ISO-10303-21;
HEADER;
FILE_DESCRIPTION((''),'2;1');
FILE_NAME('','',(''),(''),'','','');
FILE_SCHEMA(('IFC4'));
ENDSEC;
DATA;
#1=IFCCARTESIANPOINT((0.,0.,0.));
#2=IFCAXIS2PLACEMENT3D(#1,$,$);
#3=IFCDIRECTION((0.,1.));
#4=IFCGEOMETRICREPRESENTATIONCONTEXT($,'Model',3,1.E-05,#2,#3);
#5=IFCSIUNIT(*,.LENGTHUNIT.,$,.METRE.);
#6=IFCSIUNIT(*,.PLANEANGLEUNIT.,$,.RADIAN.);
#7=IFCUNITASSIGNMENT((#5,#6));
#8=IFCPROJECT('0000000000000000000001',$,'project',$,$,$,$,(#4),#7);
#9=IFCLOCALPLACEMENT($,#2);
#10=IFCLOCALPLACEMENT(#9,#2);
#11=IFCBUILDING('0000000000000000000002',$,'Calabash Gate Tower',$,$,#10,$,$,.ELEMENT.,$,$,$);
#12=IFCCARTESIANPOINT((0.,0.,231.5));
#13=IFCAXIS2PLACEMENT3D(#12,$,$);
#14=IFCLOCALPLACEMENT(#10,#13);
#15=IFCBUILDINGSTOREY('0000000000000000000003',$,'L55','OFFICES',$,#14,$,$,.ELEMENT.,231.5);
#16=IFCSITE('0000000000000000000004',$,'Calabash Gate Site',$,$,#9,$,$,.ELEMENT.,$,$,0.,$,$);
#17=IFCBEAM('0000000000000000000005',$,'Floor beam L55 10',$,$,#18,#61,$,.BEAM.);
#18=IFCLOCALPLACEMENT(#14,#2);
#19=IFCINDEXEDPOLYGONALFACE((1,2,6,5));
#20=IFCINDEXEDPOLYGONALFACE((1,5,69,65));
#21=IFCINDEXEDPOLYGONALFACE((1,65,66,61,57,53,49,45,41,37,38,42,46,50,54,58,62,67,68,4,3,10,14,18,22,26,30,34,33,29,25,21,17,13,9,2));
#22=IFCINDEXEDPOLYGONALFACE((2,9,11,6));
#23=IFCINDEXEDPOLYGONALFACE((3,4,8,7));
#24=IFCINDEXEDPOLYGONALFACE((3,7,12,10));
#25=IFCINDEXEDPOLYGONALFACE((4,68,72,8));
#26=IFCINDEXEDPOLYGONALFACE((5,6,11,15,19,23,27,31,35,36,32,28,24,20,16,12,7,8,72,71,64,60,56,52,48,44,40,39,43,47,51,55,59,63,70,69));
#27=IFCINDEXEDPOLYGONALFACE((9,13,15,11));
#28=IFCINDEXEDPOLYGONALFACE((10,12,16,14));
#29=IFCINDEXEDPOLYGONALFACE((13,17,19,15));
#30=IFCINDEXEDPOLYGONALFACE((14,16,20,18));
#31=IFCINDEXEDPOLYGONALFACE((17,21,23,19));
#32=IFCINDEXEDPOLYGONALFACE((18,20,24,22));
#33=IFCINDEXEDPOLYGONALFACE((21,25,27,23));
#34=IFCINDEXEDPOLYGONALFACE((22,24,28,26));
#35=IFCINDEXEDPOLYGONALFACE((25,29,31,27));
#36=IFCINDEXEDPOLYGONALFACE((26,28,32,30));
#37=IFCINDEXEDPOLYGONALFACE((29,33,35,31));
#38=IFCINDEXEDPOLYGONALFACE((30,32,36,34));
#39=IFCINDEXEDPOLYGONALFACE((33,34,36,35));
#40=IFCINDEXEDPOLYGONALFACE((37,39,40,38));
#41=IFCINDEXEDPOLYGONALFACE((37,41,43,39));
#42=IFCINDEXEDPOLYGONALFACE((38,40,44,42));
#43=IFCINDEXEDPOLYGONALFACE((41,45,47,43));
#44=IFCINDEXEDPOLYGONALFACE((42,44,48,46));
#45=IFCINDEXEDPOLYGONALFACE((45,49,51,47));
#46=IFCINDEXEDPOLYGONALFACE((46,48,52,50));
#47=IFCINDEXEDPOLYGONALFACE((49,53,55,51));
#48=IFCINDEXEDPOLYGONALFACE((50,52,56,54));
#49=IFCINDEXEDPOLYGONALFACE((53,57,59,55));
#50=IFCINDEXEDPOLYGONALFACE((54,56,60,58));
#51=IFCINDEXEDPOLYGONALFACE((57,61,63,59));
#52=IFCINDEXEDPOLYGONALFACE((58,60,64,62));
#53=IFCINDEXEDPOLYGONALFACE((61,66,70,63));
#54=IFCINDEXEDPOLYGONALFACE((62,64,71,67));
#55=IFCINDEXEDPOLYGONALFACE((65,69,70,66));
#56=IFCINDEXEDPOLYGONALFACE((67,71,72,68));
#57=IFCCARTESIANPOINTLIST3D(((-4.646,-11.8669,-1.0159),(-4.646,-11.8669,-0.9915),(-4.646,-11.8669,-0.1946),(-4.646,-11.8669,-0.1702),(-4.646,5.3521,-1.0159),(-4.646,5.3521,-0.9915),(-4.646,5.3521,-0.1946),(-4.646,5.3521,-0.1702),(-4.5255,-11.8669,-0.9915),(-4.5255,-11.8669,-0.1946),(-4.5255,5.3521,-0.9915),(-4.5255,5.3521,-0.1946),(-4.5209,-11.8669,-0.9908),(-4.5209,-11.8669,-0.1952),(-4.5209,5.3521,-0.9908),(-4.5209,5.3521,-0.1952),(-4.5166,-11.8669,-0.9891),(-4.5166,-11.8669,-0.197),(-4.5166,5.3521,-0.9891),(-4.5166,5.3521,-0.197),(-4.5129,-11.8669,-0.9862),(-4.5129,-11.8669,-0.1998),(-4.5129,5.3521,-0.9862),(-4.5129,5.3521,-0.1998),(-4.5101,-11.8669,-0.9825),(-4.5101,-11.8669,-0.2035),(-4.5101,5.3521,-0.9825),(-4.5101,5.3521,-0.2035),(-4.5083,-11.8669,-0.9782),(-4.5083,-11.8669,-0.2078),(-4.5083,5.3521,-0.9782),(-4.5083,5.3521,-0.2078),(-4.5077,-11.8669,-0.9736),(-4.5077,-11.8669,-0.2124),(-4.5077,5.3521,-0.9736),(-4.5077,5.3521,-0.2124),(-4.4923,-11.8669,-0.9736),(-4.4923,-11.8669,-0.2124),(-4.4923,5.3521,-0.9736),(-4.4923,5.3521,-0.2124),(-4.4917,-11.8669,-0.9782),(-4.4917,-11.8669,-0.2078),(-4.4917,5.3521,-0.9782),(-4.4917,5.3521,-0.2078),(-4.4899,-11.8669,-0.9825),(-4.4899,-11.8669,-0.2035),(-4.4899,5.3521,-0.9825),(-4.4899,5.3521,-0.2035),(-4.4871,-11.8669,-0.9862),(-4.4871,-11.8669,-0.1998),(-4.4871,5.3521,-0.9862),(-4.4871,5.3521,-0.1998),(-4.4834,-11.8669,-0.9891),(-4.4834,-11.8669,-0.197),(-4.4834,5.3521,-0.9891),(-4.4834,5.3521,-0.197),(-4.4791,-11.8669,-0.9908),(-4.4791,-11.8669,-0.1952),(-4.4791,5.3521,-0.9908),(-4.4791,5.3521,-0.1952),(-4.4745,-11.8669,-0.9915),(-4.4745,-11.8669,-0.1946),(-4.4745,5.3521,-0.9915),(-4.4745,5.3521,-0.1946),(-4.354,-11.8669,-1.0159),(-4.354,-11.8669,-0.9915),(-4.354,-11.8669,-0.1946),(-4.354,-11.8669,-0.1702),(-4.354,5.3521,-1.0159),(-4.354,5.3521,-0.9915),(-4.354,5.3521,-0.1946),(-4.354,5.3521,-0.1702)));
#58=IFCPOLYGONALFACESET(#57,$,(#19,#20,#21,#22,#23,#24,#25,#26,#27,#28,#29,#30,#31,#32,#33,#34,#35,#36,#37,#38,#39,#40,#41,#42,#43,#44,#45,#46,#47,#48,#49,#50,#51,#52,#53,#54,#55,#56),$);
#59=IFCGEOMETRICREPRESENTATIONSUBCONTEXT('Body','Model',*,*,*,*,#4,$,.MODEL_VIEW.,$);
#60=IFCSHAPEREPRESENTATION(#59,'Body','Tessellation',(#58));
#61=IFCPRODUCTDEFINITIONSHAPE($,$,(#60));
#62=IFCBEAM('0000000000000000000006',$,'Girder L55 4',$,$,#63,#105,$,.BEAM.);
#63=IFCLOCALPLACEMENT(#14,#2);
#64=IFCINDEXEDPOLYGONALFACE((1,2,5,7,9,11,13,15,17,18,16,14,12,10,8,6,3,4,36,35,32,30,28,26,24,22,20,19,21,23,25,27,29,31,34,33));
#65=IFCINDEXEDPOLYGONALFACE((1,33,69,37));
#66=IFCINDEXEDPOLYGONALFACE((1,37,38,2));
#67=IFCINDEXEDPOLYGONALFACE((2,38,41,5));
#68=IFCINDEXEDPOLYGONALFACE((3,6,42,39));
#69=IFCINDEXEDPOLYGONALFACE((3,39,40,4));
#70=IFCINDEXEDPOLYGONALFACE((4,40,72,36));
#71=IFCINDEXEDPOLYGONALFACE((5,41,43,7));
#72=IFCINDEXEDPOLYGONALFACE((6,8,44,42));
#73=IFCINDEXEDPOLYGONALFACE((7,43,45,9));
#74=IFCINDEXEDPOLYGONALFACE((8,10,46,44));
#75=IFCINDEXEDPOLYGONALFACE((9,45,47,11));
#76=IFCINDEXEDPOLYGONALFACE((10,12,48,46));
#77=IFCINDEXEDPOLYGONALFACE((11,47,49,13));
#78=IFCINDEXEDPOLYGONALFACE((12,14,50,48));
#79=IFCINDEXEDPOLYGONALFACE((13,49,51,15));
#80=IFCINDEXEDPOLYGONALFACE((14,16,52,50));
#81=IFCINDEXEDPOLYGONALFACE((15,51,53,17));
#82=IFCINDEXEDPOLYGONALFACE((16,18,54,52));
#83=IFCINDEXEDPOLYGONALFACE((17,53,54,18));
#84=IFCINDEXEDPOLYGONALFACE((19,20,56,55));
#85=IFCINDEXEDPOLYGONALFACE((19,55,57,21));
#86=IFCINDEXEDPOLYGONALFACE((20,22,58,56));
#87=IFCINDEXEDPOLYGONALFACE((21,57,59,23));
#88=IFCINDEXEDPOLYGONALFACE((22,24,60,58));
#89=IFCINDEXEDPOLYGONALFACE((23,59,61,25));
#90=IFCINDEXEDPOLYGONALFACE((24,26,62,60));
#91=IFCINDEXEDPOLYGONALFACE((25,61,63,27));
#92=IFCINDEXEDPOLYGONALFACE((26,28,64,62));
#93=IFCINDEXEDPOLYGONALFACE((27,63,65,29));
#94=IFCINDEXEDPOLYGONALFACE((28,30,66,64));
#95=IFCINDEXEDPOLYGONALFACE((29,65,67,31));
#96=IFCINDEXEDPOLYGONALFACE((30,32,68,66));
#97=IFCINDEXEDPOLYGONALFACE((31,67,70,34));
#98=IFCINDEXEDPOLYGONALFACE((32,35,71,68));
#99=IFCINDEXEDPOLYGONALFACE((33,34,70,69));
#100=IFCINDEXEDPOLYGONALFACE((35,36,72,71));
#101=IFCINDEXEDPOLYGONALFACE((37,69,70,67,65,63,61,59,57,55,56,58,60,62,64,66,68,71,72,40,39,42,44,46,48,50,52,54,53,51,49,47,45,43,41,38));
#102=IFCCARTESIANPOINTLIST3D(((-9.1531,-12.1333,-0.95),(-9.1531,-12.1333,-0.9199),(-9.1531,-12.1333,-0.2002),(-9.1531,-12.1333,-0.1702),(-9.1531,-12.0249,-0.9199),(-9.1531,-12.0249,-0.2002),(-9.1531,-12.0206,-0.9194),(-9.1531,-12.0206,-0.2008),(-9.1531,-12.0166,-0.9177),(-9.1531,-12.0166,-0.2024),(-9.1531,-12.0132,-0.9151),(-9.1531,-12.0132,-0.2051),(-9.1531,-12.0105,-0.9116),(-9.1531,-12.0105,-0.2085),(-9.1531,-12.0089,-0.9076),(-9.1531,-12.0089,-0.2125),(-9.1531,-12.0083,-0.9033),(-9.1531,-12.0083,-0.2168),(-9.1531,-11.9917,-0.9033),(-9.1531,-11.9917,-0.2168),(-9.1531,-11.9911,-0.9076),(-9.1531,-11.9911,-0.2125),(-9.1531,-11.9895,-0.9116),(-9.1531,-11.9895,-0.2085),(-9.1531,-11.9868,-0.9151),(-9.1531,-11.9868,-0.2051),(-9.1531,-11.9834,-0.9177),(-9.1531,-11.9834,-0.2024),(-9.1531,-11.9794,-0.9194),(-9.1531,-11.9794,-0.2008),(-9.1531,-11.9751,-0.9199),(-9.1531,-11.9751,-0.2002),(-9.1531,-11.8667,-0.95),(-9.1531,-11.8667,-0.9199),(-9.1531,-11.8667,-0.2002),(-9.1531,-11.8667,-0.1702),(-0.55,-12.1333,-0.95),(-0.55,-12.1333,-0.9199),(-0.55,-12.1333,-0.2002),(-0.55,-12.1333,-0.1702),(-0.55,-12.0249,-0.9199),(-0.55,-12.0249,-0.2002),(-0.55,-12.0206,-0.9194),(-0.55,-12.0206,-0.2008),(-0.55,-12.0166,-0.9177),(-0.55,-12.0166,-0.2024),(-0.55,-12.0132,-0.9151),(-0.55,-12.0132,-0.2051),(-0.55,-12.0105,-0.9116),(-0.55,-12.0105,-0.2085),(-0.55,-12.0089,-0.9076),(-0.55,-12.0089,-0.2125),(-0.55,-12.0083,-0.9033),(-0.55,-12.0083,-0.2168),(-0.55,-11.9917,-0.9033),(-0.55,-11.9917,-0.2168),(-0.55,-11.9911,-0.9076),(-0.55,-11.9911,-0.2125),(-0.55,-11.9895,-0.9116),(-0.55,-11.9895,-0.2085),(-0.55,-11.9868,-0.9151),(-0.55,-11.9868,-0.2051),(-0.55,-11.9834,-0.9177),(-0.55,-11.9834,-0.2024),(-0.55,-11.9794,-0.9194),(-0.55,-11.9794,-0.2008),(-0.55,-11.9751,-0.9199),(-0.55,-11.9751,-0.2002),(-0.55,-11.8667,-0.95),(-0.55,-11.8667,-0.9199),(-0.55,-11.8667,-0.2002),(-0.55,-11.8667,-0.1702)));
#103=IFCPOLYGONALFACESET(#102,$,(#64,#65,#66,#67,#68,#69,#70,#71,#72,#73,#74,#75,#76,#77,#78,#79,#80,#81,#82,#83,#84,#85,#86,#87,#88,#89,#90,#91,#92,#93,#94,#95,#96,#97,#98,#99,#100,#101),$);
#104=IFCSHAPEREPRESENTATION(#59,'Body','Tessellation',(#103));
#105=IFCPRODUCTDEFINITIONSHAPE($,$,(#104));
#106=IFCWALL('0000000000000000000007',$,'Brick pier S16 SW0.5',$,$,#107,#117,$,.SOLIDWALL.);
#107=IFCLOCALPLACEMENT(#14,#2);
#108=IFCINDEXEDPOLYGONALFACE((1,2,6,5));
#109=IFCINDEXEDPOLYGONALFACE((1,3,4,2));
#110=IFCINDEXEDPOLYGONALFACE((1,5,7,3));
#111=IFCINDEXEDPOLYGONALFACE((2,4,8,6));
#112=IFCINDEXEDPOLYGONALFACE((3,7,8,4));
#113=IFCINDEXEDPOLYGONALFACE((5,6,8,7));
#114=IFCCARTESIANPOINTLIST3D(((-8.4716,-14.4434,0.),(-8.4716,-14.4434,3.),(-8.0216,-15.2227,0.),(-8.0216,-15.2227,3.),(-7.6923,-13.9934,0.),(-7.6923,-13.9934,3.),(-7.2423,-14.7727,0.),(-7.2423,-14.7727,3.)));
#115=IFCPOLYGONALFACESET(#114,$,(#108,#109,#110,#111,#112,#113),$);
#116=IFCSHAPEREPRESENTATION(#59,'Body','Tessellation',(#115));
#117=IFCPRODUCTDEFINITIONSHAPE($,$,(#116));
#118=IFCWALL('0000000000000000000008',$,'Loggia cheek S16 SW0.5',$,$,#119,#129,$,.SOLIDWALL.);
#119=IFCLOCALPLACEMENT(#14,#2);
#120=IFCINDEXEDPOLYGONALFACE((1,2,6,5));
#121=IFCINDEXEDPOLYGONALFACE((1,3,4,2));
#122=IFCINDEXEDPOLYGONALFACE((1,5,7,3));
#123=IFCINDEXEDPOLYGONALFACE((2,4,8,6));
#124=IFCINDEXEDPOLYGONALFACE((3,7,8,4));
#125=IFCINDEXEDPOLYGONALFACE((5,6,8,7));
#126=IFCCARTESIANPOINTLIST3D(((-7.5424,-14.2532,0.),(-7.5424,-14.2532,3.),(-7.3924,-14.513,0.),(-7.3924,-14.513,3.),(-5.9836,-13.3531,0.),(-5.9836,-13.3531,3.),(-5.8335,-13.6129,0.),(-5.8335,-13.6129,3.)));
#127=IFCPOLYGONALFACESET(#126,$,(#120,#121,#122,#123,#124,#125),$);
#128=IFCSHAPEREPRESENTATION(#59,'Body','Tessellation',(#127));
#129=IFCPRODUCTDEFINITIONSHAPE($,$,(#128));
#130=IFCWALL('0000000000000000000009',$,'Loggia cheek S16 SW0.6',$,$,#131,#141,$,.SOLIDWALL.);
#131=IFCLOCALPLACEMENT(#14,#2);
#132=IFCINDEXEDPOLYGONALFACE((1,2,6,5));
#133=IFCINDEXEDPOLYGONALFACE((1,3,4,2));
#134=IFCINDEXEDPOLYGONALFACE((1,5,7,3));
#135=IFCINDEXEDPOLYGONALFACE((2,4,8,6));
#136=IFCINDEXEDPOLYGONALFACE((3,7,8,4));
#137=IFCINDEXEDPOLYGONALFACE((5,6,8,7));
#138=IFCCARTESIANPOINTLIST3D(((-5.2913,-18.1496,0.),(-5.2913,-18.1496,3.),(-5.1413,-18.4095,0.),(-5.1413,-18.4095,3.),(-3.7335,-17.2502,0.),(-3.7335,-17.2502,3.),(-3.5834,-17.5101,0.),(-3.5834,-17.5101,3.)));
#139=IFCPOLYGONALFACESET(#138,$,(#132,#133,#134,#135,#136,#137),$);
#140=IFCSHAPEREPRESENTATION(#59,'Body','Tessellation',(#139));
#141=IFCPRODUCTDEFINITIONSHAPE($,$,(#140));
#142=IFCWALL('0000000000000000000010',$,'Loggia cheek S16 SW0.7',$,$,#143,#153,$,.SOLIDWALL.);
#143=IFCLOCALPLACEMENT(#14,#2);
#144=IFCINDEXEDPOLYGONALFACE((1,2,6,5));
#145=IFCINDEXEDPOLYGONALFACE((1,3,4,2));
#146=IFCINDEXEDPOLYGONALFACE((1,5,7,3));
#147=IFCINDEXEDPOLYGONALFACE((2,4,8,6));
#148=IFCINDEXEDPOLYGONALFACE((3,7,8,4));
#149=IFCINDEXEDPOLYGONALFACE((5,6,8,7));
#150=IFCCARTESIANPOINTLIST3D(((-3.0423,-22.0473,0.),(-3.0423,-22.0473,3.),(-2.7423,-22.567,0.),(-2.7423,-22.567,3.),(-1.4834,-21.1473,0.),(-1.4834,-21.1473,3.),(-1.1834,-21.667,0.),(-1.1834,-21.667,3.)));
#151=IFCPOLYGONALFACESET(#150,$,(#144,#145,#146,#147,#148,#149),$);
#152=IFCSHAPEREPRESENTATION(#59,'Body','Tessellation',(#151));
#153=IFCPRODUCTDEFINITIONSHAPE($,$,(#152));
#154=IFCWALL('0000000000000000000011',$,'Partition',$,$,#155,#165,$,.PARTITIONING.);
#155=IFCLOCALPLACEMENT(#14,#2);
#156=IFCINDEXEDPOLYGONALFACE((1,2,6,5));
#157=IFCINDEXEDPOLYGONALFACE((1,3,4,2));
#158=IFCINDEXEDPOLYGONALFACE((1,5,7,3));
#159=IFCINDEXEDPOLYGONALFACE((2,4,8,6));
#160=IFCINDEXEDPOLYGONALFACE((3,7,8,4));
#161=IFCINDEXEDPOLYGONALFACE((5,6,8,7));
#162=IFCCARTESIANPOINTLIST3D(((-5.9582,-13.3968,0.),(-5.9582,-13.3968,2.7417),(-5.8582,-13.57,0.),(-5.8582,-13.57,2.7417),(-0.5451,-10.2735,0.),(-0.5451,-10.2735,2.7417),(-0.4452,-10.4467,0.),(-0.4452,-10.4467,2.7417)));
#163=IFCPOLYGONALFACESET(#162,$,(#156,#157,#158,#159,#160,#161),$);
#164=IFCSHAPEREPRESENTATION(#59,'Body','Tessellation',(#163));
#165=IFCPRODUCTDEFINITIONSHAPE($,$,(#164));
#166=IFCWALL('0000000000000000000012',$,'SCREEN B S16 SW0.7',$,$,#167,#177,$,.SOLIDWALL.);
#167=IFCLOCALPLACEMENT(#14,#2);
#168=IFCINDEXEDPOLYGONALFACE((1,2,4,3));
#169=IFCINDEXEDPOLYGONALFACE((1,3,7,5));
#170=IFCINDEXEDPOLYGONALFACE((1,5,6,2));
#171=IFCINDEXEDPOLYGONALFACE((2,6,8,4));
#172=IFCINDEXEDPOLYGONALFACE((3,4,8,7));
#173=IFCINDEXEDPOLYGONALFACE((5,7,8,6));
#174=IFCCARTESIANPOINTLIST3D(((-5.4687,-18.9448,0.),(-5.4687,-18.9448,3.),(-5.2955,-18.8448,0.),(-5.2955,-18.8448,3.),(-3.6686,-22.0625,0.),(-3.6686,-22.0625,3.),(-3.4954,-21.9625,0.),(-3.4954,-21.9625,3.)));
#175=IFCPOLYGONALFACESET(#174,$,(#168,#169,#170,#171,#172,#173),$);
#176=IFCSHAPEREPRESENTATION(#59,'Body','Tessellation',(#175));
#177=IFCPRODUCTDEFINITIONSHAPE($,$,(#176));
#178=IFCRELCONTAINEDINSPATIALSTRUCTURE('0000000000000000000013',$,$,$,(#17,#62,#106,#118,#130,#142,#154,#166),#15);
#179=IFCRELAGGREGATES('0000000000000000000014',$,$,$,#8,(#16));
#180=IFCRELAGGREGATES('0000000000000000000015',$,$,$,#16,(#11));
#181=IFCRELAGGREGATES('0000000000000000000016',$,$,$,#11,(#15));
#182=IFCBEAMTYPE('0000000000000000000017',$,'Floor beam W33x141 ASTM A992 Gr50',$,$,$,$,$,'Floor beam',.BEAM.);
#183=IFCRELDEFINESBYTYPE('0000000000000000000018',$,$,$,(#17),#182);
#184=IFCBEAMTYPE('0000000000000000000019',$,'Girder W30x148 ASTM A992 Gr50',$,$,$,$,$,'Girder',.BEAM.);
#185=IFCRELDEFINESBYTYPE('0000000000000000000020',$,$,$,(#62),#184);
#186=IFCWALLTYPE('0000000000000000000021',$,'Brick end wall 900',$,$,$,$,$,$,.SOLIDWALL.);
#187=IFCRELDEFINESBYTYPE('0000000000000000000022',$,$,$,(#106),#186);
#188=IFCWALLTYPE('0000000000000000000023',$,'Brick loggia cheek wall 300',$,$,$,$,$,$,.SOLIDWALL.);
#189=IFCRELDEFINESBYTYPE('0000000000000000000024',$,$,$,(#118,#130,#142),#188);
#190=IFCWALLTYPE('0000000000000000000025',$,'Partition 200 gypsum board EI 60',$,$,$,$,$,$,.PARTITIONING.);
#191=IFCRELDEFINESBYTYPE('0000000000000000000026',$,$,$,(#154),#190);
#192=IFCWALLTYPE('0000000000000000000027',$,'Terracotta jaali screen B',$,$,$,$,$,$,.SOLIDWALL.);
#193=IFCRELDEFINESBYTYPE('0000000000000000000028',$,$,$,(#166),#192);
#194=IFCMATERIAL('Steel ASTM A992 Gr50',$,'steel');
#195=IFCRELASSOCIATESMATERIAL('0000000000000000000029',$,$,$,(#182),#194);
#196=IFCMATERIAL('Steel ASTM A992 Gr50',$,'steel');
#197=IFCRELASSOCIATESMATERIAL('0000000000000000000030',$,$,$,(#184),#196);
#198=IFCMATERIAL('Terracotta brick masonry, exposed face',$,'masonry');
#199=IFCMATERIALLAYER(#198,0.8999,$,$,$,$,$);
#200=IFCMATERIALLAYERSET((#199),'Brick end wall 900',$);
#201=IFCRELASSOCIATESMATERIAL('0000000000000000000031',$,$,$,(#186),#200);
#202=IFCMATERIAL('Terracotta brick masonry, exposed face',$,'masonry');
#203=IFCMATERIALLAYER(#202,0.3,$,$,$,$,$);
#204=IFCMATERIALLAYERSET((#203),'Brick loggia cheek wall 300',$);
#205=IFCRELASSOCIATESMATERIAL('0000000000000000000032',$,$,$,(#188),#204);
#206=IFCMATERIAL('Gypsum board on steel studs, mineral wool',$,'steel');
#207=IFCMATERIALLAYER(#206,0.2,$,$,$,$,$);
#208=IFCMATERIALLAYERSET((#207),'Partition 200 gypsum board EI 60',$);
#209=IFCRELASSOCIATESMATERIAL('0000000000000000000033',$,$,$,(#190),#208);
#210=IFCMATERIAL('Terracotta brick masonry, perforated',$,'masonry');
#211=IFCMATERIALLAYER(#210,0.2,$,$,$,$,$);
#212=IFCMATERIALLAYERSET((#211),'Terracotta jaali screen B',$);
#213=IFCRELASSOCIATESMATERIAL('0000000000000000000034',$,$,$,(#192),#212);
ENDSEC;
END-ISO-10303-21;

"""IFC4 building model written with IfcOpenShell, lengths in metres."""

from ifc_helpers import new_model, si_unit, direction, frame, frame_2d, origin, origin_2d, place, context, subcontext, project, spatial, rectangle, i_section, extrude, material, layer, layer_set, material_profile, profile_set, type_object, element, save


model = new_model("IFC4")

# Units and contexts
model_context = context("Model", 3, precision=1e-05, world=origin(), true_north=direction((0.0, 1.0)))
body_context = subcontext(model_context, "Body", "Model", "MODEL_VIEW")
ifc_project = project(units=[si_unit("LENGTHUNIT", "METRE"), si_unit("PLANEANGLEUNIT", "RADIAN")], contexts=[model_context])

# Site, building, storey
site_placement = place(None, origin())
site = spatial("IfcSite", under=ifc_project, at=site_placement, Name="Calabash Gate Site", CompositionType="ELEMENT", RefElevation=0.0)
building_placement = place(site_placement, origin())
building = spatial("IfcBuilding", under=site, at=building_placement, Name="Calabash Gate Tower", CompositionType="ELEMENT")
storey_placement = place(building_placement, frame((0.0, 0.0, 231.5)))
storey = spatial("IfcBuildingStorey", under=building, at=storey_placement, Name="L55", Description="OFFICES", CompositionType="ELEMENT", Elevation=231.5)

# Beams
ifc_material_1 = material(Name="Steel ASTM A992 Gr50", Category="steel")
ifc_material_profile_1 = material_profile(ifc_material_1, i_section(OverallWidth=0.292, OverallDepth=0.8457, WebThickness=0.0154, FlangeThickness=0.0244, FilletRadius=0.0178, at=origin_2d()))
ifc_profile_set_1 = profile_set([ifc_material_profile_1], Name="Steel ASTM A992 Gr50")
beam_type_1 = type_object("IfcBeamType", Name="Floor beam W33x141 ASTM A992 Gr50", ElementType="Floor beam", PredefinedType="BEAM", material=ifc_profile_set_1)
beam_1_placement = place(storey_placement, frame((-4.5, -11.8669, -0.593), z_axis=(0.0, 1.0, 0.0), x_axis=(-1.0, 0.0, 0.0)))
element("IfcBeam", 1, at=beam_1_placement, inside=storey, type_object=beam_type_1, Name="Floor beam L55 10", PredefinedType="BEAM", context=body_context, shape_type="SweptSolid", body=[
    extrude(i_section(OverallWidth=0.292, OverallDepth=0.8457, WebThickness=0.0154, FlangeThickness=0.0244, FilletRadius=0.0178, at=origin_2d()), origin(), (0.0, 0.0, 1.0), 17.219),
])
ifc_material_2 = material(Name="Steel ASTM A992 Gr50", Category="steel")
ifc_material_profile_2 = material_profile(ifc_material_2, i_section(OverallWidth=0.2666, OverallDepth=0.7798, WebThickness=0.0166, FlangeThickness=0.03, FilletRadius=0.0166, at=origin_2d()))
ifc_profile_set_2 = profile_set([ifc_material_profile_2], Name="Steel ASTM A992 Gr50")
beam_type_2 = type_object("IfcBeamType", Name="Girder W30x148 ASTM A992 Gr50", ElementType="Girder", PredefinedType="BEAM", material=ifc_profile_set_2)
beam_2_placement = place(storey_placement, frame((-9.1531, -12.0, -0.5601), z_axis=(1.0, 0.0, 0.0), x_axis=(0.0, 1.0, 0.0)))
element("IfcBeam", 2, at=beam_2_placement, inside=storey, type_object=beam_type_2, Name="Girder L55 4", PredefinedType="BEAM", context=body_context, shape_type="SweptSolid", body=[
    extrude(i_section(OverallWidth=0.2666, OverallDepth=0.7798, WebThickness=0.0166, FlangeThickness=0.03, FilletRadius=0.0166, at=origin_2d()), origin(), (0.0, 0.0, 1.0), 8.603),
])

# Walls
ifc_material_3 = material(Name="Terracotta brick masonry, exposed face", Category="masonry")
ifc_layer_1 = layer(ifc_material_3, 0.8999)
ifc_layer_set_1 = layer_set([ifc_layer_1], Name="Brick end wall 900")
wall_type_1 = type_object("IfcWallType", Name="Brick end wall 900", PredefinedType="SOLIDWALL", material=ifc_layer_set_1)
wall_1_placement = place(storey_placement, frame((-7.4673, -14.3831, 0.0), z_axis=(0.0, 0.0, 1.0), x_axis=(-0.866014, -0.50002, 0.0)))
element("IfcWall", 3, at=wall_1_placement, inside=storey, type_object=wall_type_1, Name="Brick pier S16 SW0.5", PredefinedType="SOLIDWALL", context=body_context, shape_type="SweptSolid", body=[
    extrude(rectangle(XDim=0.8999, YDim=0.8999, at=frame_2d((0.45, 0.0))), origin(), (0.0, 0.0, 1.0), 3.0),
])
ifc_material_4 = material(Name="Terracotta brick masonry, exposed face", Category="masonry")
ifc_layer_2 = layer(ifc_material_4, 0.3)
ifc_layer_set_2 = layer_set([ifc_layer_2], Name="Brick loggia cheek wall 300")
wall_type_2 = type_object("IfcWallType", Name="Brick loggia cheek wall 300", PredefinedType="SOLIDWALL", material=ifc_layer_set_2)
wall_2_placement = place(storey_placement, frame((-7.4673, -14.3831, 0.0), z_axis=(0.0, 0.0, 1.0), x_axis=(0.865989, 0.500063, 0.0)))
element("IfcWall", 4, at=wall_2_placement, inside=storey, type_object=wall_type_2, Name="Loggia cheek S16 SW0.5", PredefinedType="SOLIDWALL", context=body_context, shape_type="SweptSolid", body=[
    extrude(rectangle(XDim=1.8, YDim=0.3, at=frame_2d((0.8999, 0.0))), origin(), (0.0, 0.0, 1.0), 3.0),
])
wall_3_placement = place(storey_placement, frame((-3.6584, -17.3801, 0.0), z_axis=(0.0, 0.0, 1.0), x_axis=(-0.86603, -0.499993, 0.0)))
element("IfcWall", 5, at=wall_3_placement, inside=storey, type_object=wall_type_2, Name="Loggia cheek S16 SW0.6", PredefinedType="SOLIDWALL", context=body_context, shape_type="SweptSolid", body=[
    extrude(rectangle(XDim=1.7988, YDim=0.3, at=frame_2d((0.8994, 0.0))), origin(), (0.0, 0.0, 1.0), 3.0),
])
wall_4_placement = place(storey_placement, frame((-1.3335, -21.4072, 0.0), z_axis=(0.0, 0.0, 1.0), x_axis=(-0.866048, -0.499961, 0.0)))
element("IfcWall", 6, at=wall_4_placement, inside=storey, type_object=wall_type_2, Name="Loggia cheek S16 SW0.7", PredefinedType="SOLIDWALL", context=body_context, shape_type="SweptSolid", body=[
    extrude(rectangle(XDim=1.8, YDim=0.6001, at=frame_2d((0.8999, 0.0))), origin(), (0.0, 0.0, 1.0), 3.0),
])
ifc_material_5 = material(Name="Gypsum board on steel studs, mineral wool", Category="steel")
ifc_layer_3 = layer(ifc_material_5, 0.2)
ifc_layer_set_3 = layer_set([ifc_layer_3], Name="Partition 200 gypsum board EI 60")
wall_type_3 = type_object("IfcWallType", Name="Partition 200 gypsum board EI 60", PredefinedType="PARTITIONING", material=ifc_layer_set_3)
wall_5_placement = place(storey_placement, frame((-5.9082, -13.4834, 0.0), z_axis=(0.0, 0.0, 1.0), x_axis=(0.866161, 0.499765, 0.0)))
element("IfcWall", 7, at=wall_5_placement, inside=storey, type_object=wall_type_3, Name="Partition", PredefinedType="PARTITIONING", context=body_context, shape_type="SweptSolid", body=[
    extrude(rectangle(XDim=6.2495, YDim=0.2, at=frame_2d((3.1248, 0.0))), origin(), (0.0, 0.0, 1.0), 2.7417),
])
ifc_material_6 = material(Name="Terracotta brick masonry, perforated", Category="masonry")
ifc_layer_4 = layer(ifc_material_6, 0.2)
ifc_layer_set_4 = layer_set([ifc_layer_4], Name="Terracotta jaali screen B")
wall_type_4 = type_object("IfcWallType", Name="Terracotta jaali screen B", PredefinedType="SOLIDWALL", material=ifc_layer_set_4)
wall_6_placement = place(storey_placement, frame((-5.3821, -18.8948, 0.0), z_axis=(0.0, 0.0, 1.0), x_axis=(0.500012, -0.866018, 0.0)))
element("IfcWall", 8, at=wall_6_placement, inside=storey, type_object=wall_type_4, Name="SCREEN B S16 SW0.7", PredefinedType="SOLIDWALL", context=body_context, shape_type="SweptSolid", body=[
    extrude(rectangle(XDim=3.6001, YDim=0.2, at=frame_2d((1.8, 0.0))), origin(), (0.0, 0.0, 1.0), 3.0),
])

save(model, "model.ifc")
